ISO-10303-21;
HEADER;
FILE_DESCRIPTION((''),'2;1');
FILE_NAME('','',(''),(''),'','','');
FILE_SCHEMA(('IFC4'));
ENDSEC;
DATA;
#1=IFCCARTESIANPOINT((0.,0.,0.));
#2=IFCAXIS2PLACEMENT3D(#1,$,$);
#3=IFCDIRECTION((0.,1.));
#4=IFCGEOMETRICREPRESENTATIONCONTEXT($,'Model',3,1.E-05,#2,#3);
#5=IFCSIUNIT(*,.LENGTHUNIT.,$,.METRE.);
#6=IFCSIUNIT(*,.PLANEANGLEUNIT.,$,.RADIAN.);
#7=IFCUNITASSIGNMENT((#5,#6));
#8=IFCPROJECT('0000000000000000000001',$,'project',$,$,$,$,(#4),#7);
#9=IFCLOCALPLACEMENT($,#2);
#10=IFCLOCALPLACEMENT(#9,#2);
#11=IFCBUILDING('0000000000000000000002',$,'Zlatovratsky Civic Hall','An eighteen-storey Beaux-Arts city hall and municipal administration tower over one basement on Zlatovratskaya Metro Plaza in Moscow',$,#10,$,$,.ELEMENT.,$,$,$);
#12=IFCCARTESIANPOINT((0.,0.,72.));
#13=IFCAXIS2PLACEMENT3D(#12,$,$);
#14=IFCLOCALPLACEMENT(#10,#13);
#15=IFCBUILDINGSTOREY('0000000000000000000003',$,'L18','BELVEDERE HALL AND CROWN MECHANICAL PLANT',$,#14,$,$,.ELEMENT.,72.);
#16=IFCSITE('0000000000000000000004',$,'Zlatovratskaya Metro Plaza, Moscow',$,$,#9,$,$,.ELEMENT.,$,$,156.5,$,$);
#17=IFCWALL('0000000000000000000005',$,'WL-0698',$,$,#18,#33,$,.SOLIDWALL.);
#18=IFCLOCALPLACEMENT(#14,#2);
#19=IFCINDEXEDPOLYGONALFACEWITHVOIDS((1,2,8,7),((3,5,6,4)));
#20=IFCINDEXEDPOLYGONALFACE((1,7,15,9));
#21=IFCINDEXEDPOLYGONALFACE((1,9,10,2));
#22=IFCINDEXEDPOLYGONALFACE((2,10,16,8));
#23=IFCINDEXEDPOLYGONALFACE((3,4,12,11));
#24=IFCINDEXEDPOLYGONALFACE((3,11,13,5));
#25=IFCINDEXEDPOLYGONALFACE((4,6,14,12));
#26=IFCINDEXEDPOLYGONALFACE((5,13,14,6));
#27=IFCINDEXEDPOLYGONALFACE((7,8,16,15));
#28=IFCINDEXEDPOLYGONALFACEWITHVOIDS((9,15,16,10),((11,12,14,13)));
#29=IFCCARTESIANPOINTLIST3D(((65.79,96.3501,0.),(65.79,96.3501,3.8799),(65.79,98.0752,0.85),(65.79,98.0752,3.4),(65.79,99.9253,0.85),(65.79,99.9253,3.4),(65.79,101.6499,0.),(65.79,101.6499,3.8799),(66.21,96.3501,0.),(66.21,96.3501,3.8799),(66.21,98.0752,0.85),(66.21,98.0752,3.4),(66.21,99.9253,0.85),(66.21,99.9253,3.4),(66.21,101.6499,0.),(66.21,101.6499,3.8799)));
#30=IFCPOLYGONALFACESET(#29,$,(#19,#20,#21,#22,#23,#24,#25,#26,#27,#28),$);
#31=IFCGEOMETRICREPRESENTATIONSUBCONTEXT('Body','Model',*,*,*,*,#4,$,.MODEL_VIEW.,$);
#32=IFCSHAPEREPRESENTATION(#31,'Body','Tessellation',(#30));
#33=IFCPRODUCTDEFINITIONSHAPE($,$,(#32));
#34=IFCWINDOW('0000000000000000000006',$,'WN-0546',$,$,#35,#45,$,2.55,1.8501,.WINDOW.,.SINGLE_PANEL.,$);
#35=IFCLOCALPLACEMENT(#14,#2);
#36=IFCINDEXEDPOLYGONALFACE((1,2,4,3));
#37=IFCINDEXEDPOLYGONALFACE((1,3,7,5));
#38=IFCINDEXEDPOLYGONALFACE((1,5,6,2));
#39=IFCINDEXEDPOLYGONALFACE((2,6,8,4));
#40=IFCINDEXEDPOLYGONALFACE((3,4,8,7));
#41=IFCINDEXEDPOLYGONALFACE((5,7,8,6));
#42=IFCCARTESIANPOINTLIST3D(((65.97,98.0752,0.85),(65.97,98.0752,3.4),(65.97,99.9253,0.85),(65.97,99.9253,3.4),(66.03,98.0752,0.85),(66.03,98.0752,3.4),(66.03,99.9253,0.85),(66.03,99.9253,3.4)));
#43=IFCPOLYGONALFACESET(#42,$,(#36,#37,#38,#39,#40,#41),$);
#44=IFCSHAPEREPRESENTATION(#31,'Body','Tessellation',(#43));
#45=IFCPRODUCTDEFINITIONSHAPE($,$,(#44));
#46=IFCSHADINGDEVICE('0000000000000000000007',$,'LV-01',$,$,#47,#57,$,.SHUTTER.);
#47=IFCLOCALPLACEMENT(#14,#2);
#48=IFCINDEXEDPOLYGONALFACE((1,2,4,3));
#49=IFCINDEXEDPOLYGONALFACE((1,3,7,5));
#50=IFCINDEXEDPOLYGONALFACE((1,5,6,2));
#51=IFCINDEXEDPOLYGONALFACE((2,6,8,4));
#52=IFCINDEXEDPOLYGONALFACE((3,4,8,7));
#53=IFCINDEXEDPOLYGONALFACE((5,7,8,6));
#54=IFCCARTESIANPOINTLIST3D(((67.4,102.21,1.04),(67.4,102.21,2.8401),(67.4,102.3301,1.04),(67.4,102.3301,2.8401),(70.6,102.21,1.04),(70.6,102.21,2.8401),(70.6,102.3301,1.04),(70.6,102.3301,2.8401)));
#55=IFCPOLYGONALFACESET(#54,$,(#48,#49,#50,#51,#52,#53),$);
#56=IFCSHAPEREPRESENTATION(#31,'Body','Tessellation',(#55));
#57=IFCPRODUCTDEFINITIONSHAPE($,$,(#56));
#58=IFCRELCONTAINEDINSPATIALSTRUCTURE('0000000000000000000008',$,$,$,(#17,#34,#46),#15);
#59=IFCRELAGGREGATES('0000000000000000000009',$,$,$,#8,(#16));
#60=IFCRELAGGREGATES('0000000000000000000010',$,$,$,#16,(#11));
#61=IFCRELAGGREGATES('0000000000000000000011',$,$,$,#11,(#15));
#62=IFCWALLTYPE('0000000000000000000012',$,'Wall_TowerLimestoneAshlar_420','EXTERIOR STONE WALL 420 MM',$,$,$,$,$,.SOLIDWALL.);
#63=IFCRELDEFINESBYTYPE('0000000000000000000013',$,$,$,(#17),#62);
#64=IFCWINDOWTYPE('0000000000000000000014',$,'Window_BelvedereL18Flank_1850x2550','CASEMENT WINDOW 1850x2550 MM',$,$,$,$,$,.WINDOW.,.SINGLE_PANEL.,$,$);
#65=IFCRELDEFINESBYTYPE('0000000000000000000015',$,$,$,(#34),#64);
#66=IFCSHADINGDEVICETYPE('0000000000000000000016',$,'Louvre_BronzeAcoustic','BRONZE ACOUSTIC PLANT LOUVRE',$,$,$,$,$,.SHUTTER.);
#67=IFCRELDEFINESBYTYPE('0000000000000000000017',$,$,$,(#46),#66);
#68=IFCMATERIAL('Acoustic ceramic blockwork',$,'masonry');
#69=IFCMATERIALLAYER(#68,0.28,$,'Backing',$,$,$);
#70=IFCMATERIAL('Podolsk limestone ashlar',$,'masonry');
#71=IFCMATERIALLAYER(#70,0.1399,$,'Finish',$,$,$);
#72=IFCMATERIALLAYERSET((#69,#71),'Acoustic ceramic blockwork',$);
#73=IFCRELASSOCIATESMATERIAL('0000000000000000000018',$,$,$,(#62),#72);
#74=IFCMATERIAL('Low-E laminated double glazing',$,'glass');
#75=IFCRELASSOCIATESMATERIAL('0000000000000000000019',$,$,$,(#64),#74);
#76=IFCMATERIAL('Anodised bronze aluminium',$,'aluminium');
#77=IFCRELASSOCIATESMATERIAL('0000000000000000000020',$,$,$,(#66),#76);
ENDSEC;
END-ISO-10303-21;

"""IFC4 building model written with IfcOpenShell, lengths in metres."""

from ifc_helpers import new_model, si_unit, direction, frame, frame_2d, origin, origin_2d, place, context, subcontext, project, spatial, rectangle, extrude, material, layer, layer_set, type_object, element, fill, save


model = new_model("IFC4")

# Units and contexts
model_context = context("Model", 3, precision=1e-05, world=origin(), true_north=direction((0.0, 1.0)))
body_context = subcontext(model_context, "Body", "Model", "MODEL_VIEW")
ifc_project = project(units=[si_unit("LENGTHUNIT", "METRE"), si_unit("PLANEANGLEUNIT", "RADIAN")], contexts=[model_context])

# Site, building, storey
site_placement = place(None, origin())
site = spatial("IfcSite", under=ifc_project, at=site_placement, Name="Zlatovratskaya Metro Plaza, Moscow", CompositionType="ELEMENT", RefElevation=156.5)
building_placement = place(site_placement, origin())
building = spatial("IfcBuilding", under=site, at=building_placement, Name="Zlatovratsky Civic Hall", Description="An eighteen-storey Beaux-Arts city hall and municipal administration tower over one basement on Zlatovratskaya Metro Plaza in Moscow", CompositionType="ELEMENT")
storey_placement = place(building_placement, frame((0.0, 0.0, 72.0)))
storey = spatial("IfcBuildingStorey", under=building, at=storey_placement, Name="L18", Description="BELVEDERE HALL AND CROWN MECHANICAL PLANT", CompositionType="ELEMENT", Elevation=72.0)

# Shared definitions
ifc_material_1 = material(Name="Acoustic ceramic blockwork", Category="masonry")
ifc_layer_1 = layer(ifc_material_1, 0.28, Name="Backing")
ifc_material_2 = material(Name="Podolsk limestone ashlar", Category="masonry")
ifc_layer_2 = layer(ifc_material_2, 0.1399, Name="Finish")
ifc_layer_set_1 = layer_set([ifc_layer_1, ifc_layer_2], Name="Acoustic ceramic blockwork")
wall_type_1 = type_object("IfcWallType", Name="Wall_TowerLimestoneAshlar_420", Description="EXTERIOR STONE WALL 420 MM", PredefinedType="SOLIDWALL", material=ifc_layer_set_1)

# Wall, opening, window
wall_1_placement = place(storey_placement, frame((66.0, 96.3501, 0.0), z_axis=(0.0, 0.0, 1.0), x_axis=(0.0, 1.0, 0.0)))
wall_1 = element("IfcWall", 1, at=wall_1_placement, inside=storey, type_object=wall_type_1, Name="WL-0698", PredefinedType="SOLIDWALL", context=body_context, shape_type="SweptSolid", body=[
    extrude(rectangle(XDim=5.2998, YDim=0.4199, at=frame_2d((2.6499, 0.0))), origin(), (0.0, 0.0, 1.0), 3.8799),
])
opening_1_placement = place(wall_1_placement, frame((1.7251, 0.0, 0.8501)))
opening_1 = element("IfcOpeningElement", 2, at=opening_1_placement, cuts=wall_1, PredefinedType="OPENING", context=body_context, shape_type="SweptSolid", body=[
    extrude(rectangle(XDim=1.8501, YDim=2.55, at=frame_2d((0.925, 1.2749))), frame((0.0, 0.2249, 0.0), z_axis=(0.0, -1.0, 0.0), x_axis=(1.0, 0.0, 0.0)), (0.0, 0.0, 1.0), 0.4497),
])
ifc_material_3 = material(Name="Low-E laminated double glazing", Category="glass")
window_type = type_object("IfcWindowType", Name="Window_BelvedereL18Flank_1850x2550", Description="CASEMENT WINDOW 1850x2550 MM", PartitioningType="SINGLE_PANEL", PredefinedType="WINDOW", material=ifc_material_3)
window_placement = place(opening_1_placement, origin())
window = element("IfcWindow", 3, at=window_placement, inside=storey, type_object=window_type, Name="WN-0546", OverallHeight=2.55, OverallWidth=1.8501, PartitioningType="SINGLE_PANEL", PredefinedType="WINDOW", context=body_context, shape_type="SweptSolid", body=[
    extrude(rectangle(XDim=1.8501, YDim=2.55, at=frame_2d((0.925, 1.2749))), frame((0.0, 0.03, 0.0), z_axis=(0.0, -1.0, 0.0), x_axis=(1.0, 0.0, 0.0)), (0.0, 0.0, 1.0), 0.0601),
])
fill(opening_1, window)

# Shading device
ifc_material_4 = material(Name="Anodised bronze aluminium", Category="aluminium")
shading_device_type = type_object("IfcShadingDeviceType", Name="Louvre_BronzeAcoustic", Description="BRONZE ACOUSTIC PLANT LOUVRE", PredefinedType="SHUTTER", material=ifc_material_4)
shading_device_placement = place(storey_placement, frame((69.0, 102.27, 1.04), z_axis=(0.0, 0.0, 1.0), x_axis=(1.0, 0.0, 0.0)))
element("IfcShadingDevice", 4, at=shading_device_placement, inside=storey, type_object=shading_device_type, Name="LV-01", PredefinedType="SHUTTER", context=body_context, shape_type="SweptSolid", body=[
    extrude(rectangle(XDim=3.2, YDim=0.1201, at=origin_2d()), origin(), (0.0, 0.0, 1.0), 1.8),
])

save(model, "model.ifc")
